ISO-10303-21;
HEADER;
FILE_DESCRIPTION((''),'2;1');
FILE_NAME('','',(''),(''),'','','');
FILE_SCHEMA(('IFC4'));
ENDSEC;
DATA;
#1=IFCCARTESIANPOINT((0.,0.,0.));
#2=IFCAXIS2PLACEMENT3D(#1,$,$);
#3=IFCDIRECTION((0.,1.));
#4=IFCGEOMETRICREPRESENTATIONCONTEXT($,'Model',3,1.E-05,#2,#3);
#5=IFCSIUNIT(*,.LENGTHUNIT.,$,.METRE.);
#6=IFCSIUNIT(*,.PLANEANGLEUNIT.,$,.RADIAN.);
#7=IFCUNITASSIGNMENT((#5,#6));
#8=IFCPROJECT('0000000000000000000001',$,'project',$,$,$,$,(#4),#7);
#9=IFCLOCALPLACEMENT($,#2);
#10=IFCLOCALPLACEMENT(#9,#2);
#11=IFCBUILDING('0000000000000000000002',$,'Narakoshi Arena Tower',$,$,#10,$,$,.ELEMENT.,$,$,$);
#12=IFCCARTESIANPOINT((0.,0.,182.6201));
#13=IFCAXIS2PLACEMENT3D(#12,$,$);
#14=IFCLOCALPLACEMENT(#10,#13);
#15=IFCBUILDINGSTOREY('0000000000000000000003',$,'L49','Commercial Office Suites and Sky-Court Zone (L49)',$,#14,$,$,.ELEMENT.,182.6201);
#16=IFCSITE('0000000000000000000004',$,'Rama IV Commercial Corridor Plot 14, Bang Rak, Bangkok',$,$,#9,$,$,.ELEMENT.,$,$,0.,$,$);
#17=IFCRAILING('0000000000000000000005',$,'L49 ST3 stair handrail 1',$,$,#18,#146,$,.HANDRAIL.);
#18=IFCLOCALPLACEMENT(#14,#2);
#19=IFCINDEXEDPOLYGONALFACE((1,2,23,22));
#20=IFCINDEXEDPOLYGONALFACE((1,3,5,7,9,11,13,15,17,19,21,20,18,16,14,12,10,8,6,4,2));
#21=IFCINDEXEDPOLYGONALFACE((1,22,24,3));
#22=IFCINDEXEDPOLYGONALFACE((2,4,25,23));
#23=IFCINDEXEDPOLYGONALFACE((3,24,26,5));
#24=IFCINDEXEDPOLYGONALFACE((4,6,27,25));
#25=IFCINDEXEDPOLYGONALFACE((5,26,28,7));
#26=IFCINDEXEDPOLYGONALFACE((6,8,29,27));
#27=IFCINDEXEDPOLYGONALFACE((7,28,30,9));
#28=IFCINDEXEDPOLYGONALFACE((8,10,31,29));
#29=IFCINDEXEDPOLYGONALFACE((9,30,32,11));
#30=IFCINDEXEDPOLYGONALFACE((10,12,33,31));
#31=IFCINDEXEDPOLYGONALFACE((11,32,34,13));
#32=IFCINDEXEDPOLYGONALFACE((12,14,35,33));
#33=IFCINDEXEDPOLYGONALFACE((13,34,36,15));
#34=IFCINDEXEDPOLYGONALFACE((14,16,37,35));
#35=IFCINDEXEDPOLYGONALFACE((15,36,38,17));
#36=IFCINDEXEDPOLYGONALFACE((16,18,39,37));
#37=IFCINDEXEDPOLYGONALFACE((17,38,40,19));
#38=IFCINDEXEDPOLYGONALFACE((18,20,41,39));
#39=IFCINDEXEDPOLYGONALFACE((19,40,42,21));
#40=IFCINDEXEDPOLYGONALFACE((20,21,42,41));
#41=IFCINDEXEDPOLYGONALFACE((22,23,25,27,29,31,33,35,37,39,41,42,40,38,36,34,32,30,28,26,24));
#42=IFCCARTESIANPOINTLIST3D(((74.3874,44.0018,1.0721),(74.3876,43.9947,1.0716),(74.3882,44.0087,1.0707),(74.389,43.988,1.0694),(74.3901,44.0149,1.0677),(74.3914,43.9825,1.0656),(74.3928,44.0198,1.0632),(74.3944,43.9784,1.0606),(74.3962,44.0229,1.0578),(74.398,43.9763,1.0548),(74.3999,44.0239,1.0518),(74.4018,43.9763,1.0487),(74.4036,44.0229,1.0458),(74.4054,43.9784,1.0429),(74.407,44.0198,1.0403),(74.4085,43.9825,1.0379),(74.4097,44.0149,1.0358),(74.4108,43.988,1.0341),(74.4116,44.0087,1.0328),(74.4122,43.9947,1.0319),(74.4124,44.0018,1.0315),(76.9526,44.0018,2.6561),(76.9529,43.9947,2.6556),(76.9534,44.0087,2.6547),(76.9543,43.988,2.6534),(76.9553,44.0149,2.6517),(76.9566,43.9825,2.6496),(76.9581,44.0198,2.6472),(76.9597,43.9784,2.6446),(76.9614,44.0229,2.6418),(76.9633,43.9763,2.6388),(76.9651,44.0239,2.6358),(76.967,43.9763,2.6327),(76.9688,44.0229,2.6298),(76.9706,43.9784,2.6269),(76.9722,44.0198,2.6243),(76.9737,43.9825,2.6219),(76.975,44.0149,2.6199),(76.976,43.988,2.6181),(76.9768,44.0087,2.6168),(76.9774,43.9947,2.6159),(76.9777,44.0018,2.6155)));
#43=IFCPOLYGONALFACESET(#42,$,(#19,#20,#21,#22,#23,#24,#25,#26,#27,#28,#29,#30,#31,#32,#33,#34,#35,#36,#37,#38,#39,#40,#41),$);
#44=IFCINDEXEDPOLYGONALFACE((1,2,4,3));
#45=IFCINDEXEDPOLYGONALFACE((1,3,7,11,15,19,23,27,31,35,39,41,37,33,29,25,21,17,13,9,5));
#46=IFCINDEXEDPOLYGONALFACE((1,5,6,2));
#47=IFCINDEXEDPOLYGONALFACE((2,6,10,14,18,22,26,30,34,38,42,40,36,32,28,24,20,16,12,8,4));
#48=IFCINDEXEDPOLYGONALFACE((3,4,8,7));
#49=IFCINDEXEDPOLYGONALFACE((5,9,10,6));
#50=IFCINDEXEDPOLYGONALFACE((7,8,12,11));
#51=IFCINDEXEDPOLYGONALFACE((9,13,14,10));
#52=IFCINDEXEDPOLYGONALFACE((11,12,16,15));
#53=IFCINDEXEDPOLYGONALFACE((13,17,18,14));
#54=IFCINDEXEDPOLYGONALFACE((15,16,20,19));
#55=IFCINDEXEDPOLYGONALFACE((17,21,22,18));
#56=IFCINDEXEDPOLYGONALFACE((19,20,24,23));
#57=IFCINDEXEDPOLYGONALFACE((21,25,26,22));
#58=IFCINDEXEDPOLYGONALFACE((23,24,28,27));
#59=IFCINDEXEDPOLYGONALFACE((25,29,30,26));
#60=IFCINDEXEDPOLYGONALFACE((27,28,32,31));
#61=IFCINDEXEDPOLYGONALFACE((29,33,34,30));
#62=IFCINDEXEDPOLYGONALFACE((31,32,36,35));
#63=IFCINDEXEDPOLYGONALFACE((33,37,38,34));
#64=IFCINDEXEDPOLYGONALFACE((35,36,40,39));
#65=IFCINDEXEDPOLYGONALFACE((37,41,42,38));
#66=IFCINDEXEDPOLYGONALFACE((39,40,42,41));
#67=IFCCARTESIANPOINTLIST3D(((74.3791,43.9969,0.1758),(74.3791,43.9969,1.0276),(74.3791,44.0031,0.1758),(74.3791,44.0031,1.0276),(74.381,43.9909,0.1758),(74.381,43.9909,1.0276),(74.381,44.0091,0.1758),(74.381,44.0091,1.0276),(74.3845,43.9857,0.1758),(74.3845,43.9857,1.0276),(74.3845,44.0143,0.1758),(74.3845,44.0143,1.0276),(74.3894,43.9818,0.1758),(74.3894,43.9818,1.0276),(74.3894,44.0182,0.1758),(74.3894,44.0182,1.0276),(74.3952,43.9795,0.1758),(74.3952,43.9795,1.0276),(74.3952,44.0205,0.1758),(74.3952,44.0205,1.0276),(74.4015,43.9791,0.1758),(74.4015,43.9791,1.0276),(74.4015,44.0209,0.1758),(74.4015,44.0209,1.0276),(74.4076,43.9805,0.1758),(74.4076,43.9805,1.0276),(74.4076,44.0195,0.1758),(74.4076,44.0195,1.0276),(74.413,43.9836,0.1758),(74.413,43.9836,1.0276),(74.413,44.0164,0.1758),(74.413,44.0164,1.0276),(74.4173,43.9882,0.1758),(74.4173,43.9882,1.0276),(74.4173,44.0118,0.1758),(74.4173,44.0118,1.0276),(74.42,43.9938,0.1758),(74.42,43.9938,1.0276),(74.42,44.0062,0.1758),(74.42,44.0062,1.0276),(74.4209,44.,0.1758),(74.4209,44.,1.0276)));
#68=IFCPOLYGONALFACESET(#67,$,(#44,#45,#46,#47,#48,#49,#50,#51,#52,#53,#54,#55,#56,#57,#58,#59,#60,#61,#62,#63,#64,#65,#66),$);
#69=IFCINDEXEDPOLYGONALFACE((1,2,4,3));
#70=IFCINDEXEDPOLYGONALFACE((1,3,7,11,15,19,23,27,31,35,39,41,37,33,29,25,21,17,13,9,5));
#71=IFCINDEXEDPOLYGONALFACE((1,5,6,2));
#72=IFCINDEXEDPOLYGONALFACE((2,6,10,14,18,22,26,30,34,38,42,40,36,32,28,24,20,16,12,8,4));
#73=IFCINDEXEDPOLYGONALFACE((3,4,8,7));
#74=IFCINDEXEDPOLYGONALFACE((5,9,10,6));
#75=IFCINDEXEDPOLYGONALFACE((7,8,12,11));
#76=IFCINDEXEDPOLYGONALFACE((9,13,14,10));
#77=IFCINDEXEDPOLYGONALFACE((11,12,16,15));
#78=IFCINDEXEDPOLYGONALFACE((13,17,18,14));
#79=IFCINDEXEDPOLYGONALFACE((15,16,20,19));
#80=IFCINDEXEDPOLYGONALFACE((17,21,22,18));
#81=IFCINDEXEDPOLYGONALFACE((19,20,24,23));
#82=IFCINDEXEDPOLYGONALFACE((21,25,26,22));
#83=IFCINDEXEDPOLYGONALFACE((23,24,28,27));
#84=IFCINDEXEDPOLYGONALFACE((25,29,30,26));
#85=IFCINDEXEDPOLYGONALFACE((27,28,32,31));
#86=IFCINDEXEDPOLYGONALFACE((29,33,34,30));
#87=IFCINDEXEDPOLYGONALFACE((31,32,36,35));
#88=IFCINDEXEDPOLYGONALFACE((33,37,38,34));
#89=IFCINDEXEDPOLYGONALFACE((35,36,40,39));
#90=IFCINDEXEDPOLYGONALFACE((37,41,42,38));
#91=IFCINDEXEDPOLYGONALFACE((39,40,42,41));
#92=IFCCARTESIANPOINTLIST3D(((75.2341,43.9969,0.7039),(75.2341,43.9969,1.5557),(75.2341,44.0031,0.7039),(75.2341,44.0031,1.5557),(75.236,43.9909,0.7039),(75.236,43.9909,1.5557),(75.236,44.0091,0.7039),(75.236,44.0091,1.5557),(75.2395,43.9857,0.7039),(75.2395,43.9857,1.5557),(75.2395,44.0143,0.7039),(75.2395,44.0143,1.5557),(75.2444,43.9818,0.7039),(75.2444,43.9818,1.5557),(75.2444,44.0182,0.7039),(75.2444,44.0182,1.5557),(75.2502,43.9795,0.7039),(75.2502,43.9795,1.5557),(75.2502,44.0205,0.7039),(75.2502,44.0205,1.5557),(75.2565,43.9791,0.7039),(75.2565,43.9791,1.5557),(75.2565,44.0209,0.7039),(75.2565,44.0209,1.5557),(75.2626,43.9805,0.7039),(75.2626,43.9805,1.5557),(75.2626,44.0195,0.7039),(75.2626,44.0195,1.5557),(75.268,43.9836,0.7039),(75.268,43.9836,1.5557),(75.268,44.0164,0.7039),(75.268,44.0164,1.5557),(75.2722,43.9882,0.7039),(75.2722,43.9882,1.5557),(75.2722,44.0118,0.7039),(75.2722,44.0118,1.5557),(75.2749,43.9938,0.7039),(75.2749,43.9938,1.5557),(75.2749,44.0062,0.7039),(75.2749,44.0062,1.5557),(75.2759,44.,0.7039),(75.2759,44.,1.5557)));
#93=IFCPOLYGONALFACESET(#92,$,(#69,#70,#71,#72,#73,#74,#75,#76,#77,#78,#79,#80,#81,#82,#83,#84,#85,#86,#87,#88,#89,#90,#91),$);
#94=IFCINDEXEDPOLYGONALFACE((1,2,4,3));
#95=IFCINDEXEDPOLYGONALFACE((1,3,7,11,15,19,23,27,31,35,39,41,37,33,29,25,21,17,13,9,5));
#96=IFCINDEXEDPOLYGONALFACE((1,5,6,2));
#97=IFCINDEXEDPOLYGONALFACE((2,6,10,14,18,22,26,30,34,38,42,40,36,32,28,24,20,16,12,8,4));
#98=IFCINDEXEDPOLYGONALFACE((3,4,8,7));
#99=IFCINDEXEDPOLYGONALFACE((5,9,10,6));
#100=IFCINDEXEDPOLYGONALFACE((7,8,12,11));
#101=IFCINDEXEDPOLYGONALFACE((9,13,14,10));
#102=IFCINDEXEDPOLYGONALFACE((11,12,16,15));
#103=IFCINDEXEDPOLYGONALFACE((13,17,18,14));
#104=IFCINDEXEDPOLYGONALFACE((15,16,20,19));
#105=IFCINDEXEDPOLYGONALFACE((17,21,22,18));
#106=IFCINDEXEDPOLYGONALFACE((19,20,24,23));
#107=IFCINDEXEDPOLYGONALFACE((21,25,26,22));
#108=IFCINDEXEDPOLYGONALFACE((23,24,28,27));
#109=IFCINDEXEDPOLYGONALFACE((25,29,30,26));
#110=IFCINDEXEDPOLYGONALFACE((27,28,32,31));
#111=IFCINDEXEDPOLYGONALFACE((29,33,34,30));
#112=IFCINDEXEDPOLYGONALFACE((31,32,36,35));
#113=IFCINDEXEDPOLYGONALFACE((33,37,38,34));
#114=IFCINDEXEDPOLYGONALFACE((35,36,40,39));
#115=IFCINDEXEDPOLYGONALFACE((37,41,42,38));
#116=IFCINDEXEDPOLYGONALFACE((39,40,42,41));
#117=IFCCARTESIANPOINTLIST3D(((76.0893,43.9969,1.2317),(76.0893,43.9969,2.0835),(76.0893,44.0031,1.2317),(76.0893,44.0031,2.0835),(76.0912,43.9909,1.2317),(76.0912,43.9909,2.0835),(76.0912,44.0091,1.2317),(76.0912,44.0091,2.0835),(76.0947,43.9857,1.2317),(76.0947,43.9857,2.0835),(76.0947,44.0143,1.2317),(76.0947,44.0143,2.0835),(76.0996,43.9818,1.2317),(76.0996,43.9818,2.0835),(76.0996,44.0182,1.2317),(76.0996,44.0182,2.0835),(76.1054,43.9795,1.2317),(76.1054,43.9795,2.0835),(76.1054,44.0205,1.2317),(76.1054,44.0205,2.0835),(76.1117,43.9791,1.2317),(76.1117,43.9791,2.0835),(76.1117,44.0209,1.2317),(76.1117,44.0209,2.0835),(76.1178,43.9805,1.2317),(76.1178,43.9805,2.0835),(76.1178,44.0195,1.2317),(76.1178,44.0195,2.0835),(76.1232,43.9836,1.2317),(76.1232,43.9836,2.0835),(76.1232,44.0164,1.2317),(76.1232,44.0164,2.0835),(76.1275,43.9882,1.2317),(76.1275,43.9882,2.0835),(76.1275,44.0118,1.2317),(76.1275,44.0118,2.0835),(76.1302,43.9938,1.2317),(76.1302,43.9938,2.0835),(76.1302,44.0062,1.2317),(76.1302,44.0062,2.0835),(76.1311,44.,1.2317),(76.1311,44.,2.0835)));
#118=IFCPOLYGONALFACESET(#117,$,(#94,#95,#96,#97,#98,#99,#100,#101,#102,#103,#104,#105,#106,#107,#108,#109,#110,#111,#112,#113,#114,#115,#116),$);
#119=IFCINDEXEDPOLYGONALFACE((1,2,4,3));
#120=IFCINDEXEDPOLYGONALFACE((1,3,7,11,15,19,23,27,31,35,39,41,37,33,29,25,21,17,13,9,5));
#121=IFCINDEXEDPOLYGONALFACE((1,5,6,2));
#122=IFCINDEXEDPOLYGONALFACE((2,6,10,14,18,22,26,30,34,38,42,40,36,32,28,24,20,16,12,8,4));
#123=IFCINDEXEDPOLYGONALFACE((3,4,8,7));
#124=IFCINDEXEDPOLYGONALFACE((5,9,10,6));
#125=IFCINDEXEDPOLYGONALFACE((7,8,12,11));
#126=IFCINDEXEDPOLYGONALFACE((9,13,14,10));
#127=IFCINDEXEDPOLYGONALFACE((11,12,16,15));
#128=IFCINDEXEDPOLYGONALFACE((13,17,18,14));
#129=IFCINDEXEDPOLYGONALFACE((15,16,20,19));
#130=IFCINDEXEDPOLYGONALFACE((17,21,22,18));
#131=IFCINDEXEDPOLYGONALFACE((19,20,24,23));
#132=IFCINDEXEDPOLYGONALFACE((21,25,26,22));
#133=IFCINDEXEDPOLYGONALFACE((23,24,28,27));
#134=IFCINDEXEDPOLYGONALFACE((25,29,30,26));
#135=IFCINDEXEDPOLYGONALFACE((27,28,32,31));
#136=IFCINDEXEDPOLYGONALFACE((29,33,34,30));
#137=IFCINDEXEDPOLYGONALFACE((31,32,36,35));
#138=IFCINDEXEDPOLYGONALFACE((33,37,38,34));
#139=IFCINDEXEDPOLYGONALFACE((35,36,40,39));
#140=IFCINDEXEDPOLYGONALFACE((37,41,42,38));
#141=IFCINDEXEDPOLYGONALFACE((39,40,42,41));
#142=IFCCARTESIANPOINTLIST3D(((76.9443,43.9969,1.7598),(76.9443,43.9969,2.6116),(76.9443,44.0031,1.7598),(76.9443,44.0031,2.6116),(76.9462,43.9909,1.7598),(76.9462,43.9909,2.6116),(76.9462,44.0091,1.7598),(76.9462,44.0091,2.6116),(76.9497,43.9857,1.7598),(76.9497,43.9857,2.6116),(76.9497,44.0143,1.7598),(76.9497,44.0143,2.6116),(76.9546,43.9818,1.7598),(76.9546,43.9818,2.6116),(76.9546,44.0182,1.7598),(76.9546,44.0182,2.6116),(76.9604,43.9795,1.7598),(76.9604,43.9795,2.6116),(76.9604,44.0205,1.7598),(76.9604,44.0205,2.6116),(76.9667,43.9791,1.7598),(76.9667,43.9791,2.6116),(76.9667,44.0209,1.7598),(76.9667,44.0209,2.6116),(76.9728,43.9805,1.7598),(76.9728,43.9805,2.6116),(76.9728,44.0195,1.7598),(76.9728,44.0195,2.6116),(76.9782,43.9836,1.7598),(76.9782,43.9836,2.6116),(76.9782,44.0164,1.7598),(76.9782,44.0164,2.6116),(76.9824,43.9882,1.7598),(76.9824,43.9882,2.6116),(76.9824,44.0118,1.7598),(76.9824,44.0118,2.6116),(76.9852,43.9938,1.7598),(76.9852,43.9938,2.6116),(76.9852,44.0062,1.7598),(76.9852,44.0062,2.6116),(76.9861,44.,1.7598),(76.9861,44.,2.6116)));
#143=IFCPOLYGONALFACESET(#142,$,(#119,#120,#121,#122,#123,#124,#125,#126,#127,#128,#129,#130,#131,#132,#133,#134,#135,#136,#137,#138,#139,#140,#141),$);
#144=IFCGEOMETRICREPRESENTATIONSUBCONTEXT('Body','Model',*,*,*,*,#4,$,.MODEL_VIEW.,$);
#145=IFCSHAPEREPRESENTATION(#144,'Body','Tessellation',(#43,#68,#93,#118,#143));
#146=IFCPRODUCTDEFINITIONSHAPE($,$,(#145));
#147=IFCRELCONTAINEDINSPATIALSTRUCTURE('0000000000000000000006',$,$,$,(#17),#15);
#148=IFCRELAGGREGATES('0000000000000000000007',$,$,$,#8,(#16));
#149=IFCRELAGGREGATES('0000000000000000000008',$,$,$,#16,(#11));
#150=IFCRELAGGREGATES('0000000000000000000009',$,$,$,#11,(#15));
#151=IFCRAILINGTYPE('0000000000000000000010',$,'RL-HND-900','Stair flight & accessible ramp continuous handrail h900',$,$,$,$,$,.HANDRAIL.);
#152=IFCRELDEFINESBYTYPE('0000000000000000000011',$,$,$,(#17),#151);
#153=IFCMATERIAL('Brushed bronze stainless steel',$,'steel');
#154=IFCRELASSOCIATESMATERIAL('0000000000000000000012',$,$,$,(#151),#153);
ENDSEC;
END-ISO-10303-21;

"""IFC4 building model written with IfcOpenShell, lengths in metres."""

from ifc_helpers import new_model, si_unit, direction, frame, origin, origin_2d, place, context, subcontext, project, spatial, circle, extrude, material, type_object, element, save


model = new_model("IFC4")

# Units and contexts
model_context = context("Model", 3, precision=1e-05, world=origin(), true_north=direction((0.0, 1.0)))
body_context = subcontext(model_context, "Body", "Model", "MODEL_VIEW")
ifc_project = project(units=[si_unit("LENGTHUNIT", "METRE"), si_unit("PLANEANGLEUNIT", "RADIAN")], contexts=[model_context])

# Site, building, storey
site_placement = place(None, origin())
site = spatial("IfcSite", under=ifc_project, at=site_placement, Name="Rama IV Commercial Corridor Plot 14, Bang Rak, Bangkok", CompositionType="ELEMENT", RefElevation=0.0)
building_placement = place(site_placement, origin())
building = spatial("IfcBuilding", under=site, at=building_placement, Name="Narakoshi Arena Tower", CompositionType="ELEMENT")
storey_placement = place(building_placement, frame((0.0, 0.0, 182.6201)))
storey = spatial("IfcBuildingStorey", under=building, at=storey_placement, Name="L49", Description="Commercial Office Suites and Sky-Court Zone (L49)", CompositionType="ELEMENT", Elevation=182.6201)

# Railing
ifc_material_1 = material(Name="Brushed bronze stainless steel", Category="steel")
railing_type_1 = type_object("IfcRailingType", Name="RL-HND-900", Description="Stair flight & accessible ramp continuous handrail h900", PredefinedType="HANDRAIL", material=ifc_material_1)
railing_1_placement = place(storey_placement, frame((74.3999, 44.0, 0.1758)))
element("IfcRailing", 1, at=railing_1_placement, inside=storey, type_object=railing_type_1, Name="L49 ST3 stair handrail 1", PredefinedType="HANDRAIL", context=body_context, shape_type="SweptSolid", body=[
    extrude(circle(Radius=0.0239, at=origin_2d()), frame((0.0, 0.0, 0.876), z_axis=(0.850857, 0.0, 0.525398), x_axis=(0.0, 1.0, 0.0)), (0.0, 0.0, 1.0), 3.0149),
    extrude(circle(Radius=0.021, at=origin_2d()), origin(), (0.0, 0.0, 1.0), 0.8518),
    extrude(circle(Radius=0.021, at=origin_2d()), frame((0.855, 0.0, 0.5281)), (0.0, 0.0, 1.0), 0.8518),
    extrude(circle(Radius=0.021, at=origin_2d()), frame((1.7102, 0.0, 1.0559)), (0.0, 0.0, 1.0), 0.8518),
    extrude(circle(Radius=0.021, at=origin_2d()), frame((2.5652, 0.0, 1.584)), (0.0, 0.0, 1.0), 0.8518),
])

save(model, "model.ifc")
